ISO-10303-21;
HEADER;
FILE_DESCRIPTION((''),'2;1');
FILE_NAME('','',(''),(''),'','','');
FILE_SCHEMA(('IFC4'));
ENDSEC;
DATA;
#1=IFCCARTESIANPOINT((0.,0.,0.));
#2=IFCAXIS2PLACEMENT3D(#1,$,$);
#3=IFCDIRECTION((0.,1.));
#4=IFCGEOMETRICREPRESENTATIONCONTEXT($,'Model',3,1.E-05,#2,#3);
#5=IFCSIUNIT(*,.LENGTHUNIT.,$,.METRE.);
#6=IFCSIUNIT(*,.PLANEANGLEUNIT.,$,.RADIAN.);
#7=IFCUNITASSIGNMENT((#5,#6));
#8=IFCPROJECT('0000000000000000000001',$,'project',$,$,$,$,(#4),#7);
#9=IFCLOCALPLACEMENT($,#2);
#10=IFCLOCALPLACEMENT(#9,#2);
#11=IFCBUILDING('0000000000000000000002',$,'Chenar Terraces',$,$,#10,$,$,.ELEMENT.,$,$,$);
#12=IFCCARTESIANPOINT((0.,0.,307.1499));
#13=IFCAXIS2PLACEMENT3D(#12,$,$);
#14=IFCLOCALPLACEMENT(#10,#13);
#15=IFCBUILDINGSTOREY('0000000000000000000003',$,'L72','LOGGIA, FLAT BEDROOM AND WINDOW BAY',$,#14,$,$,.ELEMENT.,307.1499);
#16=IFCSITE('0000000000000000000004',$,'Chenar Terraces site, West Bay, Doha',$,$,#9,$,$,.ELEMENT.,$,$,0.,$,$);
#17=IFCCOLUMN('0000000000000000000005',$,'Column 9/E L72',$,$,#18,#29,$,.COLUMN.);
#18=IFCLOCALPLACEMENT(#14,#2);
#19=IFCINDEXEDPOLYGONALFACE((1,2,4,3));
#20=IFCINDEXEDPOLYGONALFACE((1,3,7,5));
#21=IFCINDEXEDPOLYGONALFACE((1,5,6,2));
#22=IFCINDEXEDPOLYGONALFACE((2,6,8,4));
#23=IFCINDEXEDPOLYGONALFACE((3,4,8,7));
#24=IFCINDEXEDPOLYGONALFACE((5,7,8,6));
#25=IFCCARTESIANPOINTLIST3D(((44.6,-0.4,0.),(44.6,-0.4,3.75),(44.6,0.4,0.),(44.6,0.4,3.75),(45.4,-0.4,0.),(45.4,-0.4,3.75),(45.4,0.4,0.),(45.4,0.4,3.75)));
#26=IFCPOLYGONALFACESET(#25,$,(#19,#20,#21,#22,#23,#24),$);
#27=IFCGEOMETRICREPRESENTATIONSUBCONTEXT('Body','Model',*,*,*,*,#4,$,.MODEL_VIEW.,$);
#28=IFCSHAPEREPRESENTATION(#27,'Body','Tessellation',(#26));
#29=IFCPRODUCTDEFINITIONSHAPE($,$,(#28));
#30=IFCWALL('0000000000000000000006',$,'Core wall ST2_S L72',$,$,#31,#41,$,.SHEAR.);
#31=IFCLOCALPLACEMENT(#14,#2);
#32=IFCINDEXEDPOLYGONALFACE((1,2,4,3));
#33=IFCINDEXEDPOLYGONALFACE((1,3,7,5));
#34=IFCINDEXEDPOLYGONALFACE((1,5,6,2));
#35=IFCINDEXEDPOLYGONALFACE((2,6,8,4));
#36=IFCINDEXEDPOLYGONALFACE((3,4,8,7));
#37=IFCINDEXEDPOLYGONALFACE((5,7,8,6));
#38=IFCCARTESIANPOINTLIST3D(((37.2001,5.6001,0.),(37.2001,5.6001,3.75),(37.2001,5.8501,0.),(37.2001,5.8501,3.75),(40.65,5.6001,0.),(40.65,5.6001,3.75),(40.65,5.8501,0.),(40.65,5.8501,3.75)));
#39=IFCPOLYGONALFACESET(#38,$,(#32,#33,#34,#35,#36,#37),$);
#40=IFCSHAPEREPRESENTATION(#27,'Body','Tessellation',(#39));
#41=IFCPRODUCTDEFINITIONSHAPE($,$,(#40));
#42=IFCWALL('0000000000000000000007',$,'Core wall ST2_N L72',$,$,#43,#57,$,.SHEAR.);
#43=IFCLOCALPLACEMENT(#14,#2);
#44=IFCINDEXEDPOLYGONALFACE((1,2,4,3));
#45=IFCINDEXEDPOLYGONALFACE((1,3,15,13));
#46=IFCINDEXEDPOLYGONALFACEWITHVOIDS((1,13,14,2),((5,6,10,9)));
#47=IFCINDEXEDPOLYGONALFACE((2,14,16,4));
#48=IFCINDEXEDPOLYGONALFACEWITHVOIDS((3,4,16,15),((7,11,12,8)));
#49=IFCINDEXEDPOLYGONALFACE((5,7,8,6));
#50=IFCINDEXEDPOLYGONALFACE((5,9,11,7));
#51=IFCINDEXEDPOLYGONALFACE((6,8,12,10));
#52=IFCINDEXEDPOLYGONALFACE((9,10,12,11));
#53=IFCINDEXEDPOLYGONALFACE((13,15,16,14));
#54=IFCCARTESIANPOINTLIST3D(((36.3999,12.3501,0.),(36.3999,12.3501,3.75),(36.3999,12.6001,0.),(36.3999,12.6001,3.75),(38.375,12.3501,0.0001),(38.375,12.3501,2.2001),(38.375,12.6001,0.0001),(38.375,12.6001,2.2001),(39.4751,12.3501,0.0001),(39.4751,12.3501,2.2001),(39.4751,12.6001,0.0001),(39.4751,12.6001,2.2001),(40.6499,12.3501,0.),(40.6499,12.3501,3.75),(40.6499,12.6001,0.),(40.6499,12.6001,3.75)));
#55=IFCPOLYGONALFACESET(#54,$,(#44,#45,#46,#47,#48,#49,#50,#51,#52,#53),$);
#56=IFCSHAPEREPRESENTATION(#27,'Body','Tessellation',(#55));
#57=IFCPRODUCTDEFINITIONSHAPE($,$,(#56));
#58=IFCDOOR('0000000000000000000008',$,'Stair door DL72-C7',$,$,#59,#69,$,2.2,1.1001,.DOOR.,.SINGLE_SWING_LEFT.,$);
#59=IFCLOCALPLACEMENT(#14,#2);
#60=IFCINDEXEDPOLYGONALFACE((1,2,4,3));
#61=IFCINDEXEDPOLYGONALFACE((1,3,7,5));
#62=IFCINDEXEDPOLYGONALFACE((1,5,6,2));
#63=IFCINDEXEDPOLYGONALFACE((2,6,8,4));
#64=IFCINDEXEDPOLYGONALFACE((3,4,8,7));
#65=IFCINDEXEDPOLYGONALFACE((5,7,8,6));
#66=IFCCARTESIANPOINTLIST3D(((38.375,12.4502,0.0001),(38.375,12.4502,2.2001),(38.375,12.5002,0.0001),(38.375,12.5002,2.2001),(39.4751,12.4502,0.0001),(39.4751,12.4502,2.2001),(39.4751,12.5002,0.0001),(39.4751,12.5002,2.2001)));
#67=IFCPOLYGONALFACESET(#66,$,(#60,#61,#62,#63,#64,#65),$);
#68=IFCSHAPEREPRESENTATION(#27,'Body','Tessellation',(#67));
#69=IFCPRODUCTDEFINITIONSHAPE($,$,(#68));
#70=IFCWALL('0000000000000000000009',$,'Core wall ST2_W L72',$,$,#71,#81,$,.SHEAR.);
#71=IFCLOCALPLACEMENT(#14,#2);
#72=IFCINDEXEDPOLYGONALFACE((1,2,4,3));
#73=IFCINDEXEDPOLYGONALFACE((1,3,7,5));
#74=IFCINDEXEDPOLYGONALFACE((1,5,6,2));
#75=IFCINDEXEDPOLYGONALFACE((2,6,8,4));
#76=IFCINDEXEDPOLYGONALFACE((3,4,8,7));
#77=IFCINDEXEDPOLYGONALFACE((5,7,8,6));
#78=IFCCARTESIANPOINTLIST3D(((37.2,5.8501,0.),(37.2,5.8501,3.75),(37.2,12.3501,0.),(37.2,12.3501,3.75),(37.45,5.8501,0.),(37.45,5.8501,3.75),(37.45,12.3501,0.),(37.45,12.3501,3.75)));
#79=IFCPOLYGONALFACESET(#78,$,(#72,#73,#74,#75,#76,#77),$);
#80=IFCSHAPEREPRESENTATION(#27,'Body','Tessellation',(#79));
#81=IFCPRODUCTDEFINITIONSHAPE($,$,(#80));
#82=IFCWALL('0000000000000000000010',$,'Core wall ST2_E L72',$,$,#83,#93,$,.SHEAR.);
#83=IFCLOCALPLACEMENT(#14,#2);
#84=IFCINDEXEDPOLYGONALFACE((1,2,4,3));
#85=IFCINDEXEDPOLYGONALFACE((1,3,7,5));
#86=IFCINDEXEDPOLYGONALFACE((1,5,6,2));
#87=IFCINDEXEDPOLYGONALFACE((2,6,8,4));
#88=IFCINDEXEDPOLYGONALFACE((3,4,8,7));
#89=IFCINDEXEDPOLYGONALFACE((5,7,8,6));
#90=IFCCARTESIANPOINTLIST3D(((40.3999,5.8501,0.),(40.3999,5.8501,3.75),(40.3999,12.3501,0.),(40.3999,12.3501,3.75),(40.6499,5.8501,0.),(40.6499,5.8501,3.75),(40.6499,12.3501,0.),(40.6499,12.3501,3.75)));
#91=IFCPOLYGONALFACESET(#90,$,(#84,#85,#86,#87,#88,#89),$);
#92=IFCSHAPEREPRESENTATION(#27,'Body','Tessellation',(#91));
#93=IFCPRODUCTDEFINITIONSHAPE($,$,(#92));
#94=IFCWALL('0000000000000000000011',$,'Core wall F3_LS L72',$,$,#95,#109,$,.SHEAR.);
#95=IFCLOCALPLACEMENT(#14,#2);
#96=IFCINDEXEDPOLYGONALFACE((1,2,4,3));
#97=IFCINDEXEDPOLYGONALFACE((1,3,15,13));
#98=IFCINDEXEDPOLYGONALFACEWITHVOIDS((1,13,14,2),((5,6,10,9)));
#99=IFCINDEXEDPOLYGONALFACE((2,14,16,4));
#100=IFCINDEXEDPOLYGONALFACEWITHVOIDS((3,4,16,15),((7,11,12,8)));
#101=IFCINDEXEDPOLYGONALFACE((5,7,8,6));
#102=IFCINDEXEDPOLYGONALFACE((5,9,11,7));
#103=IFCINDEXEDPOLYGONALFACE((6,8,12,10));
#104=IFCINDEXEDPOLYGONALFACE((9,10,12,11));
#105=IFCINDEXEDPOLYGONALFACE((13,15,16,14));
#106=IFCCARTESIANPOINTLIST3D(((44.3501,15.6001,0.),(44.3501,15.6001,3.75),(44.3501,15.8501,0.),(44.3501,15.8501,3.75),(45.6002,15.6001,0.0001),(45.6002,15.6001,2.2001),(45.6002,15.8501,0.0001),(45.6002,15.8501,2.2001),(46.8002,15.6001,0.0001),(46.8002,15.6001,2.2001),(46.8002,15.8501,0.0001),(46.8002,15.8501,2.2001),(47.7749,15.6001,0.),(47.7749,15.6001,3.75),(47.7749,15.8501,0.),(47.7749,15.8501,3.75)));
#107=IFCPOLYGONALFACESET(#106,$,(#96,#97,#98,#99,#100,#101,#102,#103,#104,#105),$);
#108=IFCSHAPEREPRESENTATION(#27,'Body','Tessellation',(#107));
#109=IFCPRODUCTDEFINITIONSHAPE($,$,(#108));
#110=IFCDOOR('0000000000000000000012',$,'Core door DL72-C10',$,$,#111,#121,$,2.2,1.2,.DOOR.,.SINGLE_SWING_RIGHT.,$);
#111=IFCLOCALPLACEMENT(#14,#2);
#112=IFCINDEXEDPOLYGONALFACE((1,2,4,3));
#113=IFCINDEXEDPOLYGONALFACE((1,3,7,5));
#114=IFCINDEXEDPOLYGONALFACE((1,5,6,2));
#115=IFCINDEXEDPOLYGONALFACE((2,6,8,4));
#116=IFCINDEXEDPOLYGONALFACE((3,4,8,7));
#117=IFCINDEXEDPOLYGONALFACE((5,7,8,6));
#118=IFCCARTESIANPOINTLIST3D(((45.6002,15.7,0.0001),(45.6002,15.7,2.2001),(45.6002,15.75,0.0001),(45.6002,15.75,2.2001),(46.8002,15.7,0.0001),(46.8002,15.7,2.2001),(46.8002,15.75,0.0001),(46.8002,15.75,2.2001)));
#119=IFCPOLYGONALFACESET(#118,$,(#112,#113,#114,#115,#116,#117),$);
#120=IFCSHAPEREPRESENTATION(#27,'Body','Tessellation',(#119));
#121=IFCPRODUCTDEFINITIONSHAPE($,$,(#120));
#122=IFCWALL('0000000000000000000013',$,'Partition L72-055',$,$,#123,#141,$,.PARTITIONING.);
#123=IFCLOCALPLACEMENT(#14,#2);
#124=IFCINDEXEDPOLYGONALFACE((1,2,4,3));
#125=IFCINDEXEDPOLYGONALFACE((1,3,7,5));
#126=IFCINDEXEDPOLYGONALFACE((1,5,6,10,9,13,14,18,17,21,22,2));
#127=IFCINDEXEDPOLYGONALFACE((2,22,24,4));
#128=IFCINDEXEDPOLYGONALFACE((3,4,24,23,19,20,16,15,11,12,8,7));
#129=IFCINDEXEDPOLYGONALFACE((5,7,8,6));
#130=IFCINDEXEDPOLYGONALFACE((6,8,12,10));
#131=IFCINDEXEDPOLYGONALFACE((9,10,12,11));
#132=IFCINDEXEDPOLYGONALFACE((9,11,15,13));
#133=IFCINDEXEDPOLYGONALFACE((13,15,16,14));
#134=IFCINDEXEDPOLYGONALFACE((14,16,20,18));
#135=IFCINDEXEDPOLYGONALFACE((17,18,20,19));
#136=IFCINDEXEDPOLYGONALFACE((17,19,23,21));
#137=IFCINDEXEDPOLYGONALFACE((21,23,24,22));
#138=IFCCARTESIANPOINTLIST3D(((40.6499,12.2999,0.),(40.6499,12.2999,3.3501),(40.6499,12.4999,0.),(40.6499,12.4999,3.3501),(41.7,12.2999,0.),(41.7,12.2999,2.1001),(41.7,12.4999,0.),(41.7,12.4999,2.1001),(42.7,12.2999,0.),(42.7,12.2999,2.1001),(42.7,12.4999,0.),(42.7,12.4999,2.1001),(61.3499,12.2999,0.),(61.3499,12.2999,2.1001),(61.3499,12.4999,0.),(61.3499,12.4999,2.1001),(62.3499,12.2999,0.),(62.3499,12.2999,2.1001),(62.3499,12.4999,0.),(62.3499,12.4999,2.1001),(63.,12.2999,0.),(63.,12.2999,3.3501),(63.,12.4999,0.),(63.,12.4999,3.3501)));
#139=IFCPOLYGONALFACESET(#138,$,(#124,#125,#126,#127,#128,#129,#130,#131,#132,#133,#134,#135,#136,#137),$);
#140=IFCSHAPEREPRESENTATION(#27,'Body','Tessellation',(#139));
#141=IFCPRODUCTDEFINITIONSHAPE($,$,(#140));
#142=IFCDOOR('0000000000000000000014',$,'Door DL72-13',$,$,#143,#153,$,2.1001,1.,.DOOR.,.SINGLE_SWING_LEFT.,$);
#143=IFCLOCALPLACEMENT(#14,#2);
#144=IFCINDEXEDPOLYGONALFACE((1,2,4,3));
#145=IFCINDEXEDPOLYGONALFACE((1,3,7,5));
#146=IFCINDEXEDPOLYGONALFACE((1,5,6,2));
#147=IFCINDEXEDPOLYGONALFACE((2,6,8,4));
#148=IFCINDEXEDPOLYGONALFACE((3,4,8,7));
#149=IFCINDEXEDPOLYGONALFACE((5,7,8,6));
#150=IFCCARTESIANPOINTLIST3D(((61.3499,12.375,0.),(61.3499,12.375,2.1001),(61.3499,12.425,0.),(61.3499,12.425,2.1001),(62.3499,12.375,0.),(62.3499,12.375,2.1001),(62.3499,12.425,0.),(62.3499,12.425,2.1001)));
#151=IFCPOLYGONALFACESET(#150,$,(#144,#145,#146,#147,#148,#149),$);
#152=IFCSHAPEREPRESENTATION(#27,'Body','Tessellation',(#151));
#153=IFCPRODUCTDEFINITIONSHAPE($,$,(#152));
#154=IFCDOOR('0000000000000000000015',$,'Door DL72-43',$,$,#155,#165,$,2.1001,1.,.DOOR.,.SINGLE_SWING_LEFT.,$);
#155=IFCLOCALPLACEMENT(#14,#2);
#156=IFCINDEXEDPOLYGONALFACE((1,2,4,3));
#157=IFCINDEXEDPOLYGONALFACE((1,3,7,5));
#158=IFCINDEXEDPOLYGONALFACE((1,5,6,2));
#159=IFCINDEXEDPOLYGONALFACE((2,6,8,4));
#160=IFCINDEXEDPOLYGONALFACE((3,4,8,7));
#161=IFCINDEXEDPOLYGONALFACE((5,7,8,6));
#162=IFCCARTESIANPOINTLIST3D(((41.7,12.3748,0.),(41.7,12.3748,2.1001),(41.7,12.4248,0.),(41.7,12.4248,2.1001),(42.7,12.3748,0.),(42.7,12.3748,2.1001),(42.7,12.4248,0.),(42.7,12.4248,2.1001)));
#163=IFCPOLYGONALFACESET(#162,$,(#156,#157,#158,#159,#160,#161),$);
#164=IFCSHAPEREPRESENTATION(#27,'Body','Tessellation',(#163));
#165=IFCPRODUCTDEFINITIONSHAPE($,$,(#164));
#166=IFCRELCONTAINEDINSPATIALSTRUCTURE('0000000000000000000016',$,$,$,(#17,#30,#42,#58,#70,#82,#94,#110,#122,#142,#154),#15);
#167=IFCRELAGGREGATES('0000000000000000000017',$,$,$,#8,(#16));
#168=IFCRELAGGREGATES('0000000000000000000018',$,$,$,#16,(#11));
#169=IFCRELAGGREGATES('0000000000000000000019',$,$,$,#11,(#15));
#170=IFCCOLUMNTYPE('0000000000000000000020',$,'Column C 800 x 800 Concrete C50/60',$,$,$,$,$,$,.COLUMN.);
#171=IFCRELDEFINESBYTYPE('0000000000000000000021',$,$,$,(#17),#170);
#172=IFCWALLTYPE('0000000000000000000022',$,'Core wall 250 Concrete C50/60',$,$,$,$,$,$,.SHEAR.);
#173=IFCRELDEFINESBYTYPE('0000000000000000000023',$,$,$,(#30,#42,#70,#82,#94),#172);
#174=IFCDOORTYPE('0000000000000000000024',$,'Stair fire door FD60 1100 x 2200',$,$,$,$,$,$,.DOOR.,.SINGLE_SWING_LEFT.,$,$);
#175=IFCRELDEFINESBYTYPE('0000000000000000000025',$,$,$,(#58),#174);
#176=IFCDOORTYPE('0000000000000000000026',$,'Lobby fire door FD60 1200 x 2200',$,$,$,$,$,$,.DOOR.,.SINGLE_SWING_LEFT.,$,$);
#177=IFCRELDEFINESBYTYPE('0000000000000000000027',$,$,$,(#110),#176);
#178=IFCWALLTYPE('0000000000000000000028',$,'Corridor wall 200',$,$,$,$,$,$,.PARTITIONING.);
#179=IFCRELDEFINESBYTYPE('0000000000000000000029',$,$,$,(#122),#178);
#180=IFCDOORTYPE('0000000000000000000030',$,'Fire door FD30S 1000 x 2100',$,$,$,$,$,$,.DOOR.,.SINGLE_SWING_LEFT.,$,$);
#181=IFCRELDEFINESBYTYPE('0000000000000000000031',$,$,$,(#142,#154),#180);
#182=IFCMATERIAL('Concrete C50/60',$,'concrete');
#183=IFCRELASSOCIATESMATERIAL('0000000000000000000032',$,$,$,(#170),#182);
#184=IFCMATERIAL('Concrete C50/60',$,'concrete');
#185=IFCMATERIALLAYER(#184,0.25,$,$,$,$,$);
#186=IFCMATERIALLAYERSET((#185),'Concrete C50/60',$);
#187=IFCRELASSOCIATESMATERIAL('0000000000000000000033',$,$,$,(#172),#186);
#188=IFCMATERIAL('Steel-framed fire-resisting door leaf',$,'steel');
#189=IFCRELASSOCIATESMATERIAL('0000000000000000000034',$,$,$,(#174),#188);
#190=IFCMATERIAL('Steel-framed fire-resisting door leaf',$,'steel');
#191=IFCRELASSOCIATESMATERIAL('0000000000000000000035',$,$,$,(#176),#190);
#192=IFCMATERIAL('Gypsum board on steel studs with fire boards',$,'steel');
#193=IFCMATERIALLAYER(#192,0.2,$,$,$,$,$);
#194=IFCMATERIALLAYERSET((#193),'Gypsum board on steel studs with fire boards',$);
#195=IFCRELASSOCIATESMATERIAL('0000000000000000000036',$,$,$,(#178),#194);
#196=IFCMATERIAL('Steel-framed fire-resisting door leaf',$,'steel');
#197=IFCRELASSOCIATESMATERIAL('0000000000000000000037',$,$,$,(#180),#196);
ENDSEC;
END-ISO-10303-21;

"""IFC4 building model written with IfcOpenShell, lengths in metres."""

from ifc_helpers import new_model, si_unit, direction, frame, frame_2d, origin, origin_2d, place, context, subcontext, project, spatial, rectangle, extrude, material, layer, layer_set, material_profile, profile_set, type_object, element, fill, save


model = new_model("IFC4")

# Units and contexts
model_context = context("Model", 3, precision=1e-05, world=origin(), true_north=direction((0.0, 1.0)))
body_context = subcontext(model_context, "Body", "Model", "MODEL_VIEW")
ifc_project = project(units=[si_unit("LENGTHUNIT", "METRE"), si_unit("PLANEANGLEUNIT", "RADIAN")], contexts=[model_context])

# Site, building, storey
site_placement = place(None, origin())
site = spatial("IfcSite", under=ifc_project, at=site_placement, Name="Chenar Terraces site, West Bay, Doha", CompositionType="ELEMENT", RefElevation=0.0)
building_placement = place(site_placement, origin())
building = spatial("IfcBuilding", under=site, at=building_placement, Name="Chenar Terraces", CompositionType="ELEMENT")
storey_placement = place(building_placement, frame((0.0, 0.0, 307.1499)))
storey = spatial("IfcBuildingStorey", under=building, at=storey_placement, Name="L72", Description="LOGGIA, FLAT BEDROOM AND WINDOW BAY", CompositionType="ELEMENT", Elevation=307.1499)

# Column
ifc_material_1 = material(Name="Concrete C50/60", Category="concrete")
ifc_material_profile = material_profile(ifc_material_1, rectangle(XDim=0.8, YDim=0.8, at=origin_2d()), Name="C 800 x 800")
ifc_profile_set = profile_set([ifc_material_profile], Name="Concrete C50/60")
column_type = type_object("IfcColumnType", Name="Column C 800 x 800 Concrete C50/60", PredefinedType="COLUMN", material=ifc_profile_set)
column_placement = place(storey_placement, frame((45.0, 0.0, 0.0), z_axis=(0.0, 0.0, 1.0), x_axis=(1.0, 0.0, 0.0)))
element("IfcColumn", 1, at=column_placement, inside=storey, type_object=column_type, Name="Column 9/E L72", PredefinedType="COLUMN", context=body_context, shape_type="SweptSolid", body=[
    extrude(rectangle(XDim=0.8, YDim=0.8, at=origin_2d()), origin(), (0.0, 0.0, 1.0), 3.75),
])

# Wall
ifc_material_2 = material(Name="Concrete C50/60", Category="concrete")
ifc_layer_1 = layer(ifc_material_2, 0.25)
ifc_layer_set_1 = layer_set([ifc_layer_1], Name="Concrete C50/60")
wall_type_1 = type_object("IfcWallType", Name="Core wall 250 Concrete C50/60", PredefinedType="SHEAR", material=ifc_layer_set_1)
wall_1_placement = place(storey_placement, frame((37.2, 5.7251, 0.0), z_axis=(0.0, 0.0, 1.0), x_axis=(1.0, 0.0, 0.0)))
element("IfcWall", 2, at=wall_1_placement, inside=storey, type_object=wall_type_1, Name="Core wall ST2_S L72", PredefinedType="SHEAR", context=body_context, shape_type="SweptSolid", body=[
    extrude(rectangle(XDim=3.45, YDim=0.25, at=frame_2d((1.7251, 0.0))), origin(), (0.0, 0.0, 1.0), 3.75),
])

# Wall, opening, door
wall_2_placement = place(storey_placement, frame((36.3999, 12.4751, 0.0), z_axis=(0.0, 0.0, 1.0), x_axis=(1.0, 0.0, 0.0)))
wall_2 = element("IfcWall", 3, at=wall_2_placement, inside=storey, type_object=wall_type_1, Name="Core wall ST2_N L72", PredefinedType="SHEAR", context=body_context, shape_type="SweptSolid", body=[
    extrude(rectangle(XDim=4.25, YDim=0.25, at=frame_2d((2.125, 0.0))), origin(), (0.0, 0.0, 1.0), 3.75),
])
opening_1_placement = place(wall_2_placement, frame((1.9751, 0.0, 0.0)))
opening_1 = element("IfcOpeningElement", 4, at=opening_1_placement, cuts=wall_2, PredefinedType="OPENING", context=body_context, shape_type="SweptSolid", body=[
    extrude(rectangle(XDim=1.1001, YDim=2.2, at=frame_2d((0.55, 1.1001))), frame((0.0, 0.135, 0.0), z_axis=(0.0, -1.0, 0.0), x_axis=(1.0, 0.0, 0.0)), (0.0, 0.0, 1.0), 0.27),
])
ifc_material_3 = material(Name="Steel-framed fire-resisting door leaf", Category="steel")
door_type_1 = type_object("IfcDoorType", Name="Stair fire door FD60 1100 x 2200", OperationType="SINGLE_SWING_LEFT", PredefinedType="DOOR", material=ifc_material_3)
door_1_placement = place(opening_1_placement, frame((1.1001, 0.0, 0.0), z_axis=(0.0, 0.0, 1.0), x_axis=(-1.0, 0.0, 0.0)))
door_1 = element("IfcDoor", 5, at=door_1_placement, inside=storey, type_object=door_type_1, Name="Stair door DL72-C7", OperationType="SINGLE_SWING_LEFT", OverallHeight=2.2, OverallWidth=1.1001, PredefinedType="DOOR", context=body_context, shape_type="SweptSolid", body=[
    extrude(rectangle(XDim=1.1001, YDim=2.2, at=frame_2d((0.55, 1.1001))), frame((0.0, 0.0249, 0.0), z_axis=(0.0, -1.0, 0.0), x_axis=(1.0, 0.0, 0.0)), (0.0, 0.0, 1.0), 0.05),
])
fill(opening_1, door_1)

# Walls
for number, where, z_axis, x_axis, name in (
    (6, (37.325, 5.8501, 0.0), (0.0, 0.0, 1.0), (0.0, 1.0, 0.0), "Core wall ST2_W L72"),
    (7, (40.5249, 5.8501, 0.0), (0.0, 0.0, 1.0), (0.0, 1.0, 0.0), "Core wall ST2_E L72"),
):
    element("IfcWall", number, at=place(storey_placement, frame(where, z_axis=z_axis, x_axis=x_axis)), inside=storey, type_object=wall_type_1, Name=name, PredefinedType="SHEAR", context=body_context, shape_type="SweptSolid", body=[
        extrude(rectangle(XDim=6.5, YDim=0.25, at=frame_2d((3.25, 0.0))), origin(), (0.0, 0.0, 1.0), 3.75),
    ])

# Wall, opening, door
wall_3_placement = place(storey_placement, frame((44.3501, 15.7251, 0.0), z_axis=(0.0, 0.0, 1.0), x_axis=(1.0, 0.0, 0.0)))
wall_3 = element("IfcWall", 8, at=wall_3_placement, inside=storey, type_object=wall_type_1, Name="Core wall F3_LS L72", PredefinedType="SHEAR", context=body_context, shape_type="SweptSolid", body=[
    extrude(rectangle(XDim=3.4248, YDim=0.25, at=frame_2d((1.7124, 0.0))), origin(), (0.0, 0.0, 1.0), 3.75),
])
opening_2_placement = place(wall_3_placement, frame((1.25, 0.0, 0.0)))
opening_2 = element("IfcOpeningElement", 9, at=opening_2_placement, cuts=wall_3, PredefinedType="OPENING", context=body_context, shape_type="SweptSolid", body=[
    extrude(rectangle(XDim=1.2, YDim=2.2, at=frame_2d((0.6001, 1.1001))), frame((0.0, 0.135, 0.0), z_axis=(0.0, -1.0, 0.0), x_axis=(1.0, 0.0, 0.0)), (0.0, 0.0, 1.0), 0.27),
])
ifc_material_4 = material(Name="Steel-framed fire-resisting door leaf", Category="steel")
door_type_2 = type_object("IfcDoorType", Name="Lobby fire door FD60 1200 x 2200", OperationType="SINGLE_SWING_LEFT", PredefinedType="DOOR", material=ifc_material_4)
door_2_placement = place(opening_2_placement, origin())
door_2 = element("IfcDoor", 10, at=door_2_placement, inside=storey, type_object=door_type_2, Name="Core door DL72-C10", OperationType="SINGLE_SWING_RIGHT", OverallHeight=2.2, OverallWidth=1.2, PredefinedType="DOOR", context=body_context, shape_type="SweptSolid", body=[
    extrude(rectangle(XDim=1.2, YDim=2.2, at=frame_2d((0.6001, 1.1001))), frame((0.0, 0.0249, 0.0), z_axis=(0.0, -1.0, 0.0), x_axis=(1.0, 0.0, 0.0)), (0.0, 0.0, 1.0), 0.05),
])
fill(opening_2, door_2)

# Wall, openings, doors
ifc_material_5 = material(Name="Gypsum board on steel studs with fire boards", Category="steel")
ifc_layer_2 = layer(ifc_material_5, 0.2)
ifc_layer_set_2 = layer_set([ifc_layer_2], Name="Gypsum board on steel studs with fire boards")
wall_type_2 = type_object("IfcWallType", Name="Corridor wall 200", PredefinedType="PARTITIONING", material=ifc_layer_set_2)
wall_4_placement = place(storey_placement, frame((40.6499, 12.3999, 0.0), z_axis=(0.0, 0.0, 1.0), x_axis=(1.0, 0.0, 0.0)))
wall_4 = element("IfcWall", 11, at=wall_4_placement, inside=storey, type_object=wall_type_2, Name="Partition L72-055", PredefinedType="PARTITIONING", context=body_context, shape_type="SweptSolid", body=[
    extrude(rectangle(XDim=22.3501, YDim=0.2, at=frame_2d((11.175, 0.0))), origin(), (0.0, 0.0, 1.0), 3.3501),
])
opening_3_placement = place(wall_4_placement, frame((20.7, 0.0, 0.0)))
opening_3 = element("IfcOpeningElement", 12, at=opening_3_placement, cuts=wall_4, PredefinedType="OPENING", context=body_context, shape_type="SweptSolid", body=[
    extrude(rectangle(XDim=1.0, YDim=2.1001, at=frame_2d((0.5, 1.05))), frame((0.0, 0.1099, 0.0), z_axis=(0.0, -1.0, 0.0), x_axis=(1.0, 0.0, 0.0)), (0.0, 0.0, 1.0), 0.22),
])
opening_4_placement = place(wall_4_placement, frame((1.05, 0.0, 0.0)))
opening_4 = element("IfcOpeningElement", 13, at=opening_4_placement, cuts=wall_4, PredefinedType="OPENING", context=body_context, shape_type="SweptSolid", body=[
    extrude(rectangle(XDim=1.0, YDim=2.1001, at=frame_2d((0.5, 1.05))), frame((0.0, 0.1099, 0.0), z_axis=(0.0, -1.0, 0.0), x_axis=(1.0, 0.0, 0.0)), (0.0, 0.0, 1.0), 0.22),
])
ifc_material_6 = material(Name="Steel-framed fire-resisting door leaf", Category="steel")
door_type_3 = type_object("IfcDoorType", Name="Fire door FD30S 1000 x 2100", OperationType="SINGLE_SWING_LEFT", PredefinedType="DOOR", material=ifc_material_6)
door_3_placement = place(opening_3_placement, frame((1.0, 0.0, 0.0), z_axis=(0.0, 0.0, 1.0), x_axis=(-1.0, 0.0, 0.0)))
door_3 = element("IfcDoor", 14, at=door_3_placement, inside=storey, type_object=door_type_3, Name="Door DL72-13", OperationType="SINGLE_SWING_LEFT", OverallHeight=2.1001, OverallWidth=1.0, PredefinedType="DOOR", context=body_context, shape_type="SweptSolid", body=[
    extrude(rectangle(XDim=1.0, YDim=2.1001, at=frame_2d((0.5, 1.05))), frame((0.0, 0.0249, 0.0), z_axis=(0.0, -1.0, 0.0), x_axis=(1.0, 0.0, 0.0)), (0.0, 0.0, 1.0), 0.05),
])
fill(opening_3, door_3)
door_4_placement = place(opening_4_placement, origin())
door_4 = element("IfcDoor", 15, at=door_4_placement, inside=storey, type_object=door_type_3, Name="Door DL72-43", OperationType="SINGLE_SWING_LEFT", OverallHeight=2.1001, OverallWidth=1.0, PredefinedType="DOOR", context=body_context, shape_type="SweptSolid", body=[
    extrude(rectangle(XDim=1.0, YDim=2.1001, at=frame_2d((0.5, 1.05))), frame((0.0, 0.0249, 0.0), z_axis=(0.0, -1.0, 0.0), x_axis=(1.0, 0.0, 0.0)), (0.0, 0.0, 1.0), 0.05),
])
fill(opening_4, door_4)

save(model, "model.ifc")
